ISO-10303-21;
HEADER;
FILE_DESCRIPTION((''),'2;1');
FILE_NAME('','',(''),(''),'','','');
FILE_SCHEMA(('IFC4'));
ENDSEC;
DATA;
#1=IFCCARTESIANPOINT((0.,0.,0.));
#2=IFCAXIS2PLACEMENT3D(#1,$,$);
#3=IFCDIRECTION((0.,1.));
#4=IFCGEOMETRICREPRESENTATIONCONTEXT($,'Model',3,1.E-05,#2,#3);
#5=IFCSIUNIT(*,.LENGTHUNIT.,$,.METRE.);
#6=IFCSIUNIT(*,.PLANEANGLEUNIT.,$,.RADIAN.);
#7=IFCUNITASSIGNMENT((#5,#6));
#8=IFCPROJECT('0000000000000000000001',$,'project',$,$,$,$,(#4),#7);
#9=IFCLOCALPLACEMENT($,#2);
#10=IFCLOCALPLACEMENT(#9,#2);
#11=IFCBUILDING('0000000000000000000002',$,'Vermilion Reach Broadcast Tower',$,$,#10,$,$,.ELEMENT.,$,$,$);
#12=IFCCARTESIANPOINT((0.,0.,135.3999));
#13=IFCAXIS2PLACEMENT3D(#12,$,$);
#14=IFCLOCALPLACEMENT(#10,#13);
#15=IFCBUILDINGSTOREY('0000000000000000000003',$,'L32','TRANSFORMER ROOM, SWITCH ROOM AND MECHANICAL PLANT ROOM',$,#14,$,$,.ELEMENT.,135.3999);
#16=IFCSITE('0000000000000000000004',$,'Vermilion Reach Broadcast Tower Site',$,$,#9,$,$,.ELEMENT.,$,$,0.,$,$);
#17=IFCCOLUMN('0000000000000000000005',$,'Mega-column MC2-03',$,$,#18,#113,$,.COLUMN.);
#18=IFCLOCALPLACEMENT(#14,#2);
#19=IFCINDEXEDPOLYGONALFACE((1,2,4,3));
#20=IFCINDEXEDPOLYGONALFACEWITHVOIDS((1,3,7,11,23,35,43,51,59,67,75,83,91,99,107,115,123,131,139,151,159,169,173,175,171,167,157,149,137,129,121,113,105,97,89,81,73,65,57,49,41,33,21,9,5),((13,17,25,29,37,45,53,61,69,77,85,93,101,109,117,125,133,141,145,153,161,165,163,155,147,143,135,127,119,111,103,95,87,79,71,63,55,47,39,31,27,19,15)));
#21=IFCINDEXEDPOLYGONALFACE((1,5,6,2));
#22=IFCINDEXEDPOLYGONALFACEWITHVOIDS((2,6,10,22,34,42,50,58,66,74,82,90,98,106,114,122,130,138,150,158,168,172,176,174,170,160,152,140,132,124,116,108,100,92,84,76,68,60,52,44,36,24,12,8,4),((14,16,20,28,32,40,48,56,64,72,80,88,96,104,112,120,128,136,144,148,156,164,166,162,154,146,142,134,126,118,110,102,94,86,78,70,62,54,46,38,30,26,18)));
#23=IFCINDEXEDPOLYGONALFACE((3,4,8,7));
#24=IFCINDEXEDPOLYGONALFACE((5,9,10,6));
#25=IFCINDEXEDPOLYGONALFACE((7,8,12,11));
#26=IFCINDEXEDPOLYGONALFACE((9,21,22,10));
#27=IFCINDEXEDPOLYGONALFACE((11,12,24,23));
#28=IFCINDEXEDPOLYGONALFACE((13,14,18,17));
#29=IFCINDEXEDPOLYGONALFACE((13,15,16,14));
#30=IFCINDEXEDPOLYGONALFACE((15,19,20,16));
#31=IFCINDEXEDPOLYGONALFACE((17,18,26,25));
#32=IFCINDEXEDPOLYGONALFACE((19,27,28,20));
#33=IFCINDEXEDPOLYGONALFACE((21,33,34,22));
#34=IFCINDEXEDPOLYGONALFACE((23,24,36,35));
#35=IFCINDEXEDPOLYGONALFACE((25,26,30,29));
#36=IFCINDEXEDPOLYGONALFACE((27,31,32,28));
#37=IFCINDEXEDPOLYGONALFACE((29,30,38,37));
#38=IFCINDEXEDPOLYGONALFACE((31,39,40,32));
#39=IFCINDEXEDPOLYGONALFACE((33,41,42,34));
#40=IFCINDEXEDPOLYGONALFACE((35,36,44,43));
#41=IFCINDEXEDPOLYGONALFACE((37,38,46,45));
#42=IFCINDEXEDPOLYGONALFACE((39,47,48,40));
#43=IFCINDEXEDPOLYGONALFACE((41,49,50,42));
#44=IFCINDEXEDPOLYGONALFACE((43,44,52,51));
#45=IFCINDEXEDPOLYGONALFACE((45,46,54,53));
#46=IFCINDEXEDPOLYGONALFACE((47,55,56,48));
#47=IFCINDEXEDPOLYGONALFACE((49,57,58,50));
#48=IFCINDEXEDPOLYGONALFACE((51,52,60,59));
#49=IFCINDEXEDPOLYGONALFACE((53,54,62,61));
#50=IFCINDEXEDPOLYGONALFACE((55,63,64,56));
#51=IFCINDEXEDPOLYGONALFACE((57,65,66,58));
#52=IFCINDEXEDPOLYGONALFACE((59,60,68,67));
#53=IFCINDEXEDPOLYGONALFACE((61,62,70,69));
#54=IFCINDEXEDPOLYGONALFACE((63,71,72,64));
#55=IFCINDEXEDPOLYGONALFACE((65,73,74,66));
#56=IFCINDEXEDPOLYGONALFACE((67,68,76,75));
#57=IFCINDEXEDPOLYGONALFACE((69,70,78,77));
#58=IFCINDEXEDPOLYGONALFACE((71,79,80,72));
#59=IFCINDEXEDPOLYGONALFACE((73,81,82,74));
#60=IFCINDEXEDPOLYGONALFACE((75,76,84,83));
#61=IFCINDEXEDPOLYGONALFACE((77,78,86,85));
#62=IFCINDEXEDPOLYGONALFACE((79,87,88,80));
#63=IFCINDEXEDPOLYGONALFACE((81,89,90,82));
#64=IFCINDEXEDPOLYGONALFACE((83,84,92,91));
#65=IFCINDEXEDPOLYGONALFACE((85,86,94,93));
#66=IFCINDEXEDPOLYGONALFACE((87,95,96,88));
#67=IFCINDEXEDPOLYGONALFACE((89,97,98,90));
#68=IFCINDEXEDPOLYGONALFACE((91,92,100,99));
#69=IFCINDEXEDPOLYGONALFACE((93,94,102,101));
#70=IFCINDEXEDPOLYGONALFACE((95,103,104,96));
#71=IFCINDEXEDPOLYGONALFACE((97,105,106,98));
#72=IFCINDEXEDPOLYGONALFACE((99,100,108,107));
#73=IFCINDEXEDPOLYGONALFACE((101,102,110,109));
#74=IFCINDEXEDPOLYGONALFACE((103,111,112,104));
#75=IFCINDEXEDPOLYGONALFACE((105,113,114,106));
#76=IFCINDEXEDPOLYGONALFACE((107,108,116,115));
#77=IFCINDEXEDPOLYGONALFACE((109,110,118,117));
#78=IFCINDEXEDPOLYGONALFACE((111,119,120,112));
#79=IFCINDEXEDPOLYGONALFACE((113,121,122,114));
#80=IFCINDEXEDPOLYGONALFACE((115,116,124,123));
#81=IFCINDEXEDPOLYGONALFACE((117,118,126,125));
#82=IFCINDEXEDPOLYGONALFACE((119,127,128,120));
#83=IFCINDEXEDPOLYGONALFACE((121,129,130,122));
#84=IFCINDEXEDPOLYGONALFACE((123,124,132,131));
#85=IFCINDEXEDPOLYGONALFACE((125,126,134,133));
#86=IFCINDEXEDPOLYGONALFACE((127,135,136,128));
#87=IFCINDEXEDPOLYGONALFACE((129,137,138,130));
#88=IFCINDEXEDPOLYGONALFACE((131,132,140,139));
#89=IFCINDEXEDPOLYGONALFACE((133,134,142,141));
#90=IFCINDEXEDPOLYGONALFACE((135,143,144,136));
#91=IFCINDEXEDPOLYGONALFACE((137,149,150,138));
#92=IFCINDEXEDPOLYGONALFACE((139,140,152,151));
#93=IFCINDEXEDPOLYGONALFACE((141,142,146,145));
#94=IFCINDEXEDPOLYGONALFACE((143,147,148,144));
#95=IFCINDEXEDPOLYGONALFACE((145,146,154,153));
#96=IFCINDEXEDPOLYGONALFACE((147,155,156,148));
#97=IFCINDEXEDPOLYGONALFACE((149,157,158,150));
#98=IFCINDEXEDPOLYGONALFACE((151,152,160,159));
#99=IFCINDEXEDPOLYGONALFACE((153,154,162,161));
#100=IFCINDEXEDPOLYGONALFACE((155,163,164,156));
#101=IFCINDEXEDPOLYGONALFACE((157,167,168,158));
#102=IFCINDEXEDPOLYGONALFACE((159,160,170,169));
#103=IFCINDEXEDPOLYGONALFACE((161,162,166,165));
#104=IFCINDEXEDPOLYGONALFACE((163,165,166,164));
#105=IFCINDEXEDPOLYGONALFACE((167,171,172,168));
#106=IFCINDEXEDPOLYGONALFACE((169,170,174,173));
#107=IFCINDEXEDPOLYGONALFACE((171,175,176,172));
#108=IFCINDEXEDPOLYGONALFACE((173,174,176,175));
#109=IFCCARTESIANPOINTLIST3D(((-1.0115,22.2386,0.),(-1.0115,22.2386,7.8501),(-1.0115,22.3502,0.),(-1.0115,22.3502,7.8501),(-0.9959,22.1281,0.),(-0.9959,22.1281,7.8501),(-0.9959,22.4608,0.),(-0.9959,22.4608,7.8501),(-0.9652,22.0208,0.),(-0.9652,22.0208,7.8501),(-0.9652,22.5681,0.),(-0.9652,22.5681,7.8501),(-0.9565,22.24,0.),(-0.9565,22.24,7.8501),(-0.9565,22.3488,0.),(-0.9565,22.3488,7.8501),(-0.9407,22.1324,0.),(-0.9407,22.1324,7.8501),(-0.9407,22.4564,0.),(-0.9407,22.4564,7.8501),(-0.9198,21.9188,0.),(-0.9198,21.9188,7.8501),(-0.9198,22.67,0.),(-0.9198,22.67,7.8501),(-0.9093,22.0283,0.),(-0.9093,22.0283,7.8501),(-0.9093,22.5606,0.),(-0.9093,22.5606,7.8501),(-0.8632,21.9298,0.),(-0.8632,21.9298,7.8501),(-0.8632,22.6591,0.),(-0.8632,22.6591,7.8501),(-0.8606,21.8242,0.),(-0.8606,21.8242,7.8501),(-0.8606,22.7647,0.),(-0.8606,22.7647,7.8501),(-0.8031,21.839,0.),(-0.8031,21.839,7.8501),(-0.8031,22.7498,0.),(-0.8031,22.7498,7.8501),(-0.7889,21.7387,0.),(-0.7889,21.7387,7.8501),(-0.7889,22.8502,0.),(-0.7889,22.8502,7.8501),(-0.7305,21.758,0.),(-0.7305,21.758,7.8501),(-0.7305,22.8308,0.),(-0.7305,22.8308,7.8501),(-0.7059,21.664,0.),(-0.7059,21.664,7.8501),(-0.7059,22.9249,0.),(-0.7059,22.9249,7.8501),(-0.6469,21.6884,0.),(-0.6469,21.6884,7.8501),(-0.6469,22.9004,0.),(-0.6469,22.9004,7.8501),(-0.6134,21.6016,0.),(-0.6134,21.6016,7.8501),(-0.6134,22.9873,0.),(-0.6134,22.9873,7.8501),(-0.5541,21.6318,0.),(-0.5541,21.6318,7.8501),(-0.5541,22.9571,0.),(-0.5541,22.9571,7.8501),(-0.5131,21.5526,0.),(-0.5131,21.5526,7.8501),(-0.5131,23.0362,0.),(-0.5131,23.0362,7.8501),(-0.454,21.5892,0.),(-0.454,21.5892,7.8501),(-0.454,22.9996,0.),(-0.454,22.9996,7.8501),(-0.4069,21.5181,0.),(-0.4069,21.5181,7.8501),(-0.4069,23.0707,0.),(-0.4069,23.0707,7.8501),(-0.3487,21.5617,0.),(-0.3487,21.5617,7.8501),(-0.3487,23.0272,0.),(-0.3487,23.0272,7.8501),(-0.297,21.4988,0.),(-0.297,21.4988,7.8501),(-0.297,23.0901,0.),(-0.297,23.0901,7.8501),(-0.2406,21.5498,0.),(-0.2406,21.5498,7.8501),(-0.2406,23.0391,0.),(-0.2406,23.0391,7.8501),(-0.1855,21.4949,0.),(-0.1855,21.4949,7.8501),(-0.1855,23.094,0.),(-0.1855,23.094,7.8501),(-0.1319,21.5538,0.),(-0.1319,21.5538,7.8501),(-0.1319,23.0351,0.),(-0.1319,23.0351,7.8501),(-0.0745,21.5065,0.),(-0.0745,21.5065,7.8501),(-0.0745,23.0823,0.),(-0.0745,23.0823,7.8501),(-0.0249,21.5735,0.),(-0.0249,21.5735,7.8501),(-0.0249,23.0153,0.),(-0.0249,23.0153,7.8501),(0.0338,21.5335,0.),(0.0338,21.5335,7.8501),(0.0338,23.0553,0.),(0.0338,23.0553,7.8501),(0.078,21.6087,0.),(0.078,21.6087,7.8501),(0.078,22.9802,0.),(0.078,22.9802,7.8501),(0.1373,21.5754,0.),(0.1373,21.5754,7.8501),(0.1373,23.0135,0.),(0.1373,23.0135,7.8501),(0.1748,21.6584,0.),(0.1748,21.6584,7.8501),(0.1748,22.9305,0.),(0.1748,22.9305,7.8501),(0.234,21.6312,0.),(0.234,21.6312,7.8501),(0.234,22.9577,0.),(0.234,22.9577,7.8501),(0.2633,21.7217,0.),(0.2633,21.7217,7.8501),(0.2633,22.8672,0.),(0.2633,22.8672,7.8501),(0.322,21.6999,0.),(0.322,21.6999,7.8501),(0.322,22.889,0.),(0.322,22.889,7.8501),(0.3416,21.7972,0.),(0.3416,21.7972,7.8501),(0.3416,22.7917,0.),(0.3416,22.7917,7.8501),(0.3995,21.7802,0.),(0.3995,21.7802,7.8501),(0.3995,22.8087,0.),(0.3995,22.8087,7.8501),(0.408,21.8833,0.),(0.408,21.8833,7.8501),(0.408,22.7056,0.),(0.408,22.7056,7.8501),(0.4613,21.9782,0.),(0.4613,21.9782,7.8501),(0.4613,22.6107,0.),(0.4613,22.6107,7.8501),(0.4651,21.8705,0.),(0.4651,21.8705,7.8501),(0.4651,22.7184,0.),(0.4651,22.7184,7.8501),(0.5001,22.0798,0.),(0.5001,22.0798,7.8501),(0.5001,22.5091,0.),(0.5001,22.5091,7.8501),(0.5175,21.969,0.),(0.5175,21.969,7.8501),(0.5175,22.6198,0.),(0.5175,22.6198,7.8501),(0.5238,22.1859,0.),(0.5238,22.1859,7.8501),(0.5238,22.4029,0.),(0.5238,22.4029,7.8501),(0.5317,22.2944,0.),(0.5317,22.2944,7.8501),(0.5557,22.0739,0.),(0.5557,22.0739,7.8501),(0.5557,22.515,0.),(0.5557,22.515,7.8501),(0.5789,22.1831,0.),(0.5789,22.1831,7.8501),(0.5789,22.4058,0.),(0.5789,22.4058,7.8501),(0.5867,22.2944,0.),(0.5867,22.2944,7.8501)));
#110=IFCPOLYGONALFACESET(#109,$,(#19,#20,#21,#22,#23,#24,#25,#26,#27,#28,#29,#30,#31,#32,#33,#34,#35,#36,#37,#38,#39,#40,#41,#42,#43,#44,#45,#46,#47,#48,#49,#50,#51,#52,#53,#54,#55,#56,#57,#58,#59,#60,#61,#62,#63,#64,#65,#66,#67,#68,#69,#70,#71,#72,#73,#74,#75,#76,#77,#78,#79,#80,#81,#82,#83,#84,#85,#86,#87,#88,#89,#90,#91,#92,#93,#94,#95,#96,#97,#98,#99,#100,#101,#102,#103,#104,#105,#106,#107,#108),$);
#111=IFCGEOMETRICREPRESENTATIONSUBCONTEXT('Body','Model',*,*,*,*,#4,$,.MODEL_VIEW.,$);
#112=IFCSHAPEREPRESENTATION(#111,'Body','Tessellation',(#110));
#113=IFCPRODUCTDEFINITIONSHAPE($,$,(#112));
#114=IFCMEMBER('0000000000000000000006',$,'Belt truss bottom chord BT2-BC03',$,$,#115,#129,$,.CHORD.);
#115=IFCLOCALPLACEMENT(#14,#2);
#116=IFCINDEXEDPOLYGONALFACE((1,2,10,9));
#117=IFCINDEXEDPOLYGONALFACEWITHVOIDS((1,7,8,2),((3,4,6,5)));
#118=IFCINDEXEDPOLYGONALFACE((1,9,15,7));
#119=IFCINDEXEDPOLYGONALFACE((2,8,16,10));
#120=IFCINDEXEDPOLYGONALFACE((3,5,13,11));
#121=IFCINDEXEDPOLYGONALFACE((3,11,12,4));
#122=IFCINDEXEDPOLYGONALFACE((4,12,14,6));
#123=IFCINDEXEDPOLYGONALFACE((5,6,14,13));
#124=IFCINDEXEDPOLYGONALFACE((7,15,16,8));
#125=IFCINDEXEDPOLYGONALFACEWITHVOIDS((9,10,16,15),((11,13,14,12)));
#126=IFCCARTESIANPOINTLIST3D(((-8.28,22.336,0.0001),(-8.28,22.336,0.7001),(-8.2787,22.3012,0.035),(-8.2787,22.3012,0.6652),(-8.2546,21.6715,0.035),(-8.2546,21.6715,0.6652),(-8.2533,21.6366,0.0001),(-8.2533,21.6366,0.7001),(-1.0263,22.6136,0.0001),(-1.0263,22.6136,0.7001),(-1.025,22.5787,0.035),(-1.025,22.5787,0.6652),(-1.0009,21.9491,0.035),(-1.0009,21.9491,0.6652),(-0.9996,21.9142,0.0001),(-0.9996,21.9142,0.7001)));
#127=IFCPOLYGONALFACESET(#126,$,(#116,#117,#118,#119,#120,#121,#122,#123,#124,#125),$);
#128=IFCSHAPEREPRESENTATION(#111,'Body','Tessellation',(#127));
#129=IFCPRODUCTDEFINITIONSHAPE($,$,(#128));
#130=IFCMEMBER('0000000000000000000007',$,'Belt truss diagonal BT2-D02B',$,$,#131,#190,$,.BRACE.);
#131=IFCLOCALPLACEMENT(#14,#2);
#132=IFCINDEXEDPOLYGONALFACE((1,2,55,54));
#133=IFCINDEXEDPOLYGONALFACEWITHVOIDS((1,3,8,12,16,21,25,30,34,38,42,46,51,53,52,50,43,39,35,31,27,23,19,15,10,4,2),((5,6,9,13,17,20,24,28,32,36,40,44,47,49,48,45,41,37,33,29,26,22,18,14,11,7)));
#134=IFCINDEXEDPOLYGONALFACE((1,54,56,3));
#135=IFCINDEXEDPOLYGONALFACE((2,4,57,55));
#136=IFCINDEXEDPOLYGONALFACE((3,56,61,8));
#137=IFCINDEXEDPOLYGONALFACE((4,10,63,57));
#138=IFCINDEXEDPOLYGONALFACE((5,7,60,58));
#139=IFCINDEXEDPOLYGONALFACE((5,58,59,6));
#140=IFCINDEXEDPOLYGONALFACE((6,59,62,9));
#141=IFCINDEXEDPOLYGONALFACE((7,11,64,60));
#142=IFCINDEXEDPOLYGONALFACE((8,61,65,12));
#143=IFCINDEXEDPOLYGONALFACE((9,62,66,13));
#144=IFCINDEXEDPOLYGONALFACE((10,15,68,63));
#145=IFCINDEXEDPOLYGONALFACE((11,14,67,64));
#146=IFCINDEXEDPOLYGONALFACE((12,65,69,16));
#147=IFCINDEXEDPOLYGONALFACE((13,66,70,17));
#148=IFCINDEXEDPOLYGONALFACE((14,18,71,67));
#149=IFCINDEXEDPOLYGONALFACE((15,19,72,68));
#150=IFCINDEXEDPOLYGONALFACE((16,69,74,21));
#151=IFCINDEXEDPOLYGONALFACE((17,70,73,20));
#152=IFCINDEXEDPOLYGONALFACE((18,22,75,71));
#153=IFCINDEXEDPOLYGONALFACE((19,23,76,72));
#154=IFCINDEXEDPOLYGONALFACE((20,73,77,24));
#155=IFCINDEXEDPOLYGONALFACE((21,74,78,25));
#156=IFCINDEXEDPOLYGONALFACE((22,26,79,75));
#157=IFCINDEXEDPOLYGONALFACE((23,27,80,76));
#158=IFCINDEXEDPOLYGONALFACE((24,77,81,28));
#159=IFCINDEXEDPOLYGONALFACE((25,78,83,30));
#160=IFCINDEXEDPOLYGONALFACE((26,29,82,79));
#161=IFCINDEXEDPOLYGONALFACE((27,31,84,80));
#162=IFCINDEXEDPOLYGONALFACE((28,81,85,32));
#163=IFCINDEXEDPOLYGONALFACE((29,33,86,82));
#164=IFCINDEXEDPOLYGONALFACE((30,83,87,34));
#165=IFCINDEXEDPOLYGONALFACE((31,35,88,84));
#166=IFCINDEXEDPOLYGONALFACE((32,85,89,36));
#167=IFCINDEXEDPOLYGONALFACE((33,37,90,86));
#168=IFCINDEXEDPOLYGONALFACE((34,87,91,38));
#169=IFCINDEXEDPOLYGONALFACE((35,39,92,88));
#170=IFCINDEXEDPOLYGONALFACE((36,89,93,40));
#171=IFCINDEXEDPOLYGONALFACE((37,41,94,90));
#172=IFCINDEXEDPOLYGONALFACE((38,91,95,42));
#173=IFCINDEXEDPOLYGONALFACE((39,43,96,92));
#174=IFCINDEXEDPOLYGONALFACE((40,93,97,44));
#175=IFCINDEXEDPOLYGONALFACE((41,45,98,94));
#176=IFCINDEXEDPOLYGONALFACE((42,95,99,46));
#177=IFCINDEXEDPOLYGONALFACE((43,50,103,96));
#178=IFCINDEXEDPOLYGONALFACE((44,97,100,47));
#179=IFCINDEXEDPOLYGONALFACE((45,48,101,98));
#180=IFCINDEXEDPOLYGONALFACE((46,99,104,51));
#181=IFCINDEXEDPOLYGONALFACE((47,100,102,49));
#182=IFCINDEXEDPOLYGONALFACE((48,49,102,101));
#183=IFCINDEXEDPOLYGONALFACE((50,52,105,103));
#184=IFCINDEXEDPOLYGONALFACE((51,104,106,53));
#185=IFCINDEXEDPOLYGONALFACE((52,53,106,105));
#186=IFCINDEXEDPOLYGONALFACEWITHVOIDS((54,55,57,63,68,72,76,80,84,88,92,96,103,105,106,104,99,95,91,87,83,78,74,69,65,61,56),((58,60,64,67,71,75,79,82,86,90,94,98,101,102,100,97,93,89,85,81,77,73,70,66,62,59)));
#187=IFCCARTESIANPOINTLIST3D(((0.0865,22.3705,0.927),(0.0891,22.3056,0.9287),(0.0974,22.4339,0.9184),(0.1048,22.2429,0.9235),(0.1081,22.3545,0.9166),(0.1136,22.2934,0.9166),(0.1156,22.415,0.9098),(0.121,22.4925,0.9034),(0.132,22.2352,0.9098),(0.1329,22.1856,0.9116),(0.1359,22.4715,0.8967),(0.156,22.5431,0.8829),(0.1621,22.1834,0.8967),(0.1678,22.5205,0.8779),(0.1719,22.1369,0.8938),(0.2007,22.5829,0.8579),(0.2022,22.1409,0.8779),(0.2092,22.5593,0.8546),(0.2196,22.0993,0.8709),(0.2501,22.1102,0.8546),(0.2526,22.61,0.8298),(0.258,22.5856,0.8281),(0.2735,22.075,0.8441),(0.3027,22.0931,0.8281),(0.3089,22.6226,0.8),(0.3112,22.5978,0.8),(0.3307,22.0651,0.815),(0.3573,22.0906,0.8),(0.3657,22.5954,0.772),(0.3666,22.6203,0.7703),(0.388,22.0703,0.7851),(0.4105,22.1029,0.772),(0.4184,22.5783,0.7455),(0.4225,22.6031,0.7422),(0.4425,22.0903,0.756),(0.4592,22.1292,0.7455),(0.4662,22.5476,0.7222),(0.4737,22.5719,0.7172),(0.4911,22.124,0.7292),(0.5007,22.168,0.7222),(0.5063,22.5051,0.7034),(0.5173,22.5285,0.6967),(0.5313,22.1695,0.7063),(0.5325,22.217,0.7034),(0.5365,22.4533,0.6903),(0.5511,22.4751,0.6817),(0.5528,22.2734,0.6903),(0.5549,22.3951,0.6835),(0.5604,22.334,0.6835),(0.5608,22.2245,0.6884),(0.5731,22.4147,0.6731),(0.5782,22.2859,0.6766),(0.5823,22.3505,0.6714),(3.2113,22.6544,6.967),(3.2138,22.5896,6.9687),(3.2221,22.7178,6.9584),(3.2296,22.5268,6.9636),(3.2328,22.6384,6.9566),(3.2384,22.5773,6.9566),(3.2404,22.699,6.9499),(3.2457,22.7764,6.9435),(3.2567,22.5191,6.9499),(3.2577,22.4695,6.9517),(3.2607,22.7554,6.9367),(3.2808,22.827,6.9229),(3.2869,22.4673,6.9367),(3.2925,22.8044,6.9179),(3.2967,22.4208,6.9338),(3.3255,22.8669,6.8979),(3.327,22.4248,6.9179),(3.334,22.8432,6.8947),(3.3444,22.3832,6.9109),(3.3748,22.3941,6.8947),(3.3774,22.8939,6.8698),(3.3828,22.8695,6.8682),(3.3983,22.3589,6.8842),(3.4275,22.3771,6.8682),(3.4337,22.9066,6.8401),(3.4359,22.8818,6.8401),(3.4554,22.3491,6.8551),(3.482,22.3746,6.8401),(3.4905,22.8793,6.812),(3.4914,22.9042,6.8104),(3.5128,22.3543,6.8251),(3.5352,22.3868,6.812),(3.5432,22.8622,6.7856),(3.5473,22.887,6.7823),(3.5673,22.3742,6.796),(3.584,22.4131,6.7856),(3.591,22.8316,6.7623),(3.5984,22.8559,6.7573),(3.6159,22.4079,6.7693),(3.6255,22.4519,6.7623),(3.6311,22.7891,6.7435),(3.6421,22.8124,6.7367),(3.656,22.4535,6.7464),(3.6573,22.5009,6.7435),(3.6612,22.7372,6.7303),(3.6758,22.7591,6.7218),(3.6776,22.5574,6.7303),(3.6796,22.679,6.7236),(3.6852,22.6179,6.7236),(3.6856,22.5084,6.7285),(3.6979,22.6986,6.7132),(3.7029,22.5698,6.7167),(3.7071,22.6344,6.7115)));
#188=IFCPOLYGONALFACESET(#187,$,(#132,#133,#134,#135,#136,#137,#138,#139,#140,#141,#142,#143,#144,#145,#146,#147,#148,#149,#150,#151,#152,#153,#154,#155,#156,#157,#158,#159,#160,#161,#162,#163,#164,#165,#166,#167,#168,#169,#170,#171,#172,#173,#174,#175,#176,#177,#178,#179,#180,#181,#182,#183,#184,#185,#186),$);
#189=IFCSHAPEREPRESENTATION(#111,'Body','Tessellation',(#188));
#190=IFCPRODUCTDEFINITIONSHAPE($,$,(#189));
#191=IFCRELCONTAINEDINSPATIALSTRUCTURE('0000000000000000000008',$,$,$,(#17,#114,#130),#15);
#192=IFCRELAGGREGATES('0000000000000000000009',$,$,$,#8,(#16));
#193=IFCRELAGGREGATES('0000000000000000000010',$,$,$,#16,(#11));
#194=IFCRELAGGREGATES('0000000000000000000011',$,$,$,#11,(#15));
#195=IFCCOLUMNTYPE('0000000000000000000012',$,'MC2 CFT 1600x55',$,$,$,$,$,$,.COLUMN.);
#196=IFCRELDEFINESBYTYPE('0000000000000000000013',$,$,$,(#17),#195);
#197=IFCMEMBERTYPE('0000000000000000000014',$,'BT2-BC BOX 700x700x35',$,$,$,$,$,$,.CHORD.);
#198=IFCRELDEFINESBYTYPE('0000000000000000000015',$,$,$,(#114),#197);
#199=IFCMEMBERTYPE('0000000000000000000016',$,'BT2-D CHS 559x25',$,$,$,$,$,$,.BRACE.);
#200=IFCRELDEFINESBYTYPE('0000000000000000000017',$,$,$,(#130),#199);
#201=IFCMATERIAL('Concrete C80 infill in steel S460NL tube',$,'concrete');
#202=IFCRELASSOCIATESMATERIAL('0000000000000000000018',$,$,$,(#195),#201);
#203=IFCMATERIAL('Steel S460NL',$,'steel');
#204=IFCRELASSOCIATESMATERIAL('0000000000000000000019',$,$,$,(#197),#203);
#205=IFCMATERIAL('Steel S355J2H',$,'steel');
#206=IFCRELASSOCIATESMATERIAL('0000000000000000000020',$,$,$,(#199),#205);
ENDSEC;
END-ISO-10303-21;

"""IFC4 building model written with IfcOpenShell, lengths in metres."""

from ifc_helpers import new_model, si_unit, direction, frame, origin, origin_2d, place, context, subcontext, project, spatial, hollow_rectangle, hollow_circle, extrude, material, material_profile, profile_set, type_object, element, save


model = new_model("IFC4")

# Units and contexts
model_context = context("Model", 3, precision=1e-05, world=origin(), true_north=direction((0.0, 1.0)))
body_context = subcontext(model_context, "Body", "Model", "MODEL_VIEW")
ifc_project = project(units=[si_unit("LENGTHUNIT", "METRE"), si_unit("PLANEANGLEUNIT", "RADIAN")], contexts=[model_context])

# Site, building, storey
site_placement = place(None, origin())
site = spatial("IfcSite", under=ifc_project, at=site_placement, Name="Vermilion Reach Broadcast Tower Site", CompositionType="ELEMENT", RefElevation=0.0)
building_placement = place(site_placement, origin())
building = spatial("IfcBuilding", under=site, at=building_placement, Name="Vermilion Reach Broadcast Tower", CompositionType="ELEMENT")
storey_placement = place(building_placement, frame((0.0, 0.0, 135.3999)))
storey = spatial("IfcBuildingStorey", under=building, at=storey_placement, Name="L32", Description="TRANSFORMER ROOM, SWITCH ROOM AND MECHANICAL PLANT ROOM", CompositionType="ELEMENT", Elevation=135.3999)

# Column
ifc_material_1 = material(Name="Concrete C80 infill in steel S460NL tube", Category="concrete")
ifc_material_profile_1 = material_profile(ifc_material_1, hollow_circle(Radius=0.8, WallThickness=0.0549, at=origin_2d()), Name="Concrete C80 infill in steel S460NL tube CFT 1600x55")
ifc_profile_set_1 = profile_set([ifc_material_profile_1], Name="Concrete C80 infill in steel S460NL tube")
column_type = type_object("IfcColumnType", Name="MC2 CFT 1600x55", PredefinedType="COLUMN", material=ifc_profile_set_1)
column_placement = place(storey_placement, frame((-0.2134, 22.2944, 0.0), z_axis=(0.0, 0.0, 1.0), x_axis=(1.0, 0.0, 0.0)))
element("IfcColumn", 1, at=column_placement, inside=storey, type_object=column_type, Name="Mega-column MC2-03", PredefinedType="COLUMN", context=body_context, shape_type="SweptSolid", body=[
    extrude(hollow_circle(Radius=0.8, WallThickness=0.0549, at=origin_2d()), origin(), (0.0, 0.0, 1.0), 7.8501),
])

# Members
ifc_material_2 = material(Name="Steel S460NL", Category="steel")
ifc_material_profile_2 = material_profile(ifc_material_2, hollow_rectangle(XDim=0.7, YDim=0.7, WallThickness=0.0349, at=origin_2d()), Name="S460NL BOX 700x700x35")
ifc_profile_set_2 = profile_set([ifc_material_profile_2], Name="Steel S460NL")
member_type_1 = type_object("IfcMemberType", Name="BT2-BC BOX 700x700x35", PredefinedType="CHORD", material=ifc_profile_set_2)
member_1_placement = place(storey_placement, frame((-1.0129, 22.2639, 0.3501), z_axis=(-0.999269, -0.038241, 0.0), x_axis=(0.038241, -0.999269, 0.0)))
element("IfcMember", 2, at=member_1_placement, inside=storey, type_object=member_type_1, Name="Belt truss bottom chord BT2-BC03", PredefinedType="CHORD", context=body_context, shape_type="SweptSolid", body=[
    extrude(hollow_rectangle(XDim=0.7, YDim=0.7, WallThickness=0.0349, at=origin_2d()), origin(), (0.0, 0.0, 1.0), 7.259),
])
ifc_material_3 = material(Name="Steel S355J2H", Category="steel")
ifc_material_profile_3 = material_profile(ifc_material_3, hollow_circle(Radius=0.2795, WallThickness=0.0249, at=origin_2d()), Name="S355J2H CHS 559x25")
ifc_profile_set_3 = profile_set([ifc_material_profile_3], Name="Steel S355J2H")
member_type_2 = type_object("IfcMemberType", Name="BT2-D CHS 559x25", PredefinedType="BRACE", material=ifc_profile_set_3)
member_2_placement = place(storey_placement, frame((0.3342, 22.3442, 0.8), z_axis=(0.459092, 0.041716, 0.887409), x_axis=(-0.090494, 0.995897, 0.0)))
element("IfcMember", 3, at=member_2_placement, inside=storey, type_object=member_type_2, Name="Belt truss diagonal BT2-D02B", PredefinedType="BRACE", context=body_context, shape_type="SweptSolid", body=[
    extrude(hollow_circle(Radius=0.2795, WallThickness=0.0249, at=origin_2d()), origin(), (0.0, 0.0, 1.0), 6.8064),
])

save(model, "model.ifc")
